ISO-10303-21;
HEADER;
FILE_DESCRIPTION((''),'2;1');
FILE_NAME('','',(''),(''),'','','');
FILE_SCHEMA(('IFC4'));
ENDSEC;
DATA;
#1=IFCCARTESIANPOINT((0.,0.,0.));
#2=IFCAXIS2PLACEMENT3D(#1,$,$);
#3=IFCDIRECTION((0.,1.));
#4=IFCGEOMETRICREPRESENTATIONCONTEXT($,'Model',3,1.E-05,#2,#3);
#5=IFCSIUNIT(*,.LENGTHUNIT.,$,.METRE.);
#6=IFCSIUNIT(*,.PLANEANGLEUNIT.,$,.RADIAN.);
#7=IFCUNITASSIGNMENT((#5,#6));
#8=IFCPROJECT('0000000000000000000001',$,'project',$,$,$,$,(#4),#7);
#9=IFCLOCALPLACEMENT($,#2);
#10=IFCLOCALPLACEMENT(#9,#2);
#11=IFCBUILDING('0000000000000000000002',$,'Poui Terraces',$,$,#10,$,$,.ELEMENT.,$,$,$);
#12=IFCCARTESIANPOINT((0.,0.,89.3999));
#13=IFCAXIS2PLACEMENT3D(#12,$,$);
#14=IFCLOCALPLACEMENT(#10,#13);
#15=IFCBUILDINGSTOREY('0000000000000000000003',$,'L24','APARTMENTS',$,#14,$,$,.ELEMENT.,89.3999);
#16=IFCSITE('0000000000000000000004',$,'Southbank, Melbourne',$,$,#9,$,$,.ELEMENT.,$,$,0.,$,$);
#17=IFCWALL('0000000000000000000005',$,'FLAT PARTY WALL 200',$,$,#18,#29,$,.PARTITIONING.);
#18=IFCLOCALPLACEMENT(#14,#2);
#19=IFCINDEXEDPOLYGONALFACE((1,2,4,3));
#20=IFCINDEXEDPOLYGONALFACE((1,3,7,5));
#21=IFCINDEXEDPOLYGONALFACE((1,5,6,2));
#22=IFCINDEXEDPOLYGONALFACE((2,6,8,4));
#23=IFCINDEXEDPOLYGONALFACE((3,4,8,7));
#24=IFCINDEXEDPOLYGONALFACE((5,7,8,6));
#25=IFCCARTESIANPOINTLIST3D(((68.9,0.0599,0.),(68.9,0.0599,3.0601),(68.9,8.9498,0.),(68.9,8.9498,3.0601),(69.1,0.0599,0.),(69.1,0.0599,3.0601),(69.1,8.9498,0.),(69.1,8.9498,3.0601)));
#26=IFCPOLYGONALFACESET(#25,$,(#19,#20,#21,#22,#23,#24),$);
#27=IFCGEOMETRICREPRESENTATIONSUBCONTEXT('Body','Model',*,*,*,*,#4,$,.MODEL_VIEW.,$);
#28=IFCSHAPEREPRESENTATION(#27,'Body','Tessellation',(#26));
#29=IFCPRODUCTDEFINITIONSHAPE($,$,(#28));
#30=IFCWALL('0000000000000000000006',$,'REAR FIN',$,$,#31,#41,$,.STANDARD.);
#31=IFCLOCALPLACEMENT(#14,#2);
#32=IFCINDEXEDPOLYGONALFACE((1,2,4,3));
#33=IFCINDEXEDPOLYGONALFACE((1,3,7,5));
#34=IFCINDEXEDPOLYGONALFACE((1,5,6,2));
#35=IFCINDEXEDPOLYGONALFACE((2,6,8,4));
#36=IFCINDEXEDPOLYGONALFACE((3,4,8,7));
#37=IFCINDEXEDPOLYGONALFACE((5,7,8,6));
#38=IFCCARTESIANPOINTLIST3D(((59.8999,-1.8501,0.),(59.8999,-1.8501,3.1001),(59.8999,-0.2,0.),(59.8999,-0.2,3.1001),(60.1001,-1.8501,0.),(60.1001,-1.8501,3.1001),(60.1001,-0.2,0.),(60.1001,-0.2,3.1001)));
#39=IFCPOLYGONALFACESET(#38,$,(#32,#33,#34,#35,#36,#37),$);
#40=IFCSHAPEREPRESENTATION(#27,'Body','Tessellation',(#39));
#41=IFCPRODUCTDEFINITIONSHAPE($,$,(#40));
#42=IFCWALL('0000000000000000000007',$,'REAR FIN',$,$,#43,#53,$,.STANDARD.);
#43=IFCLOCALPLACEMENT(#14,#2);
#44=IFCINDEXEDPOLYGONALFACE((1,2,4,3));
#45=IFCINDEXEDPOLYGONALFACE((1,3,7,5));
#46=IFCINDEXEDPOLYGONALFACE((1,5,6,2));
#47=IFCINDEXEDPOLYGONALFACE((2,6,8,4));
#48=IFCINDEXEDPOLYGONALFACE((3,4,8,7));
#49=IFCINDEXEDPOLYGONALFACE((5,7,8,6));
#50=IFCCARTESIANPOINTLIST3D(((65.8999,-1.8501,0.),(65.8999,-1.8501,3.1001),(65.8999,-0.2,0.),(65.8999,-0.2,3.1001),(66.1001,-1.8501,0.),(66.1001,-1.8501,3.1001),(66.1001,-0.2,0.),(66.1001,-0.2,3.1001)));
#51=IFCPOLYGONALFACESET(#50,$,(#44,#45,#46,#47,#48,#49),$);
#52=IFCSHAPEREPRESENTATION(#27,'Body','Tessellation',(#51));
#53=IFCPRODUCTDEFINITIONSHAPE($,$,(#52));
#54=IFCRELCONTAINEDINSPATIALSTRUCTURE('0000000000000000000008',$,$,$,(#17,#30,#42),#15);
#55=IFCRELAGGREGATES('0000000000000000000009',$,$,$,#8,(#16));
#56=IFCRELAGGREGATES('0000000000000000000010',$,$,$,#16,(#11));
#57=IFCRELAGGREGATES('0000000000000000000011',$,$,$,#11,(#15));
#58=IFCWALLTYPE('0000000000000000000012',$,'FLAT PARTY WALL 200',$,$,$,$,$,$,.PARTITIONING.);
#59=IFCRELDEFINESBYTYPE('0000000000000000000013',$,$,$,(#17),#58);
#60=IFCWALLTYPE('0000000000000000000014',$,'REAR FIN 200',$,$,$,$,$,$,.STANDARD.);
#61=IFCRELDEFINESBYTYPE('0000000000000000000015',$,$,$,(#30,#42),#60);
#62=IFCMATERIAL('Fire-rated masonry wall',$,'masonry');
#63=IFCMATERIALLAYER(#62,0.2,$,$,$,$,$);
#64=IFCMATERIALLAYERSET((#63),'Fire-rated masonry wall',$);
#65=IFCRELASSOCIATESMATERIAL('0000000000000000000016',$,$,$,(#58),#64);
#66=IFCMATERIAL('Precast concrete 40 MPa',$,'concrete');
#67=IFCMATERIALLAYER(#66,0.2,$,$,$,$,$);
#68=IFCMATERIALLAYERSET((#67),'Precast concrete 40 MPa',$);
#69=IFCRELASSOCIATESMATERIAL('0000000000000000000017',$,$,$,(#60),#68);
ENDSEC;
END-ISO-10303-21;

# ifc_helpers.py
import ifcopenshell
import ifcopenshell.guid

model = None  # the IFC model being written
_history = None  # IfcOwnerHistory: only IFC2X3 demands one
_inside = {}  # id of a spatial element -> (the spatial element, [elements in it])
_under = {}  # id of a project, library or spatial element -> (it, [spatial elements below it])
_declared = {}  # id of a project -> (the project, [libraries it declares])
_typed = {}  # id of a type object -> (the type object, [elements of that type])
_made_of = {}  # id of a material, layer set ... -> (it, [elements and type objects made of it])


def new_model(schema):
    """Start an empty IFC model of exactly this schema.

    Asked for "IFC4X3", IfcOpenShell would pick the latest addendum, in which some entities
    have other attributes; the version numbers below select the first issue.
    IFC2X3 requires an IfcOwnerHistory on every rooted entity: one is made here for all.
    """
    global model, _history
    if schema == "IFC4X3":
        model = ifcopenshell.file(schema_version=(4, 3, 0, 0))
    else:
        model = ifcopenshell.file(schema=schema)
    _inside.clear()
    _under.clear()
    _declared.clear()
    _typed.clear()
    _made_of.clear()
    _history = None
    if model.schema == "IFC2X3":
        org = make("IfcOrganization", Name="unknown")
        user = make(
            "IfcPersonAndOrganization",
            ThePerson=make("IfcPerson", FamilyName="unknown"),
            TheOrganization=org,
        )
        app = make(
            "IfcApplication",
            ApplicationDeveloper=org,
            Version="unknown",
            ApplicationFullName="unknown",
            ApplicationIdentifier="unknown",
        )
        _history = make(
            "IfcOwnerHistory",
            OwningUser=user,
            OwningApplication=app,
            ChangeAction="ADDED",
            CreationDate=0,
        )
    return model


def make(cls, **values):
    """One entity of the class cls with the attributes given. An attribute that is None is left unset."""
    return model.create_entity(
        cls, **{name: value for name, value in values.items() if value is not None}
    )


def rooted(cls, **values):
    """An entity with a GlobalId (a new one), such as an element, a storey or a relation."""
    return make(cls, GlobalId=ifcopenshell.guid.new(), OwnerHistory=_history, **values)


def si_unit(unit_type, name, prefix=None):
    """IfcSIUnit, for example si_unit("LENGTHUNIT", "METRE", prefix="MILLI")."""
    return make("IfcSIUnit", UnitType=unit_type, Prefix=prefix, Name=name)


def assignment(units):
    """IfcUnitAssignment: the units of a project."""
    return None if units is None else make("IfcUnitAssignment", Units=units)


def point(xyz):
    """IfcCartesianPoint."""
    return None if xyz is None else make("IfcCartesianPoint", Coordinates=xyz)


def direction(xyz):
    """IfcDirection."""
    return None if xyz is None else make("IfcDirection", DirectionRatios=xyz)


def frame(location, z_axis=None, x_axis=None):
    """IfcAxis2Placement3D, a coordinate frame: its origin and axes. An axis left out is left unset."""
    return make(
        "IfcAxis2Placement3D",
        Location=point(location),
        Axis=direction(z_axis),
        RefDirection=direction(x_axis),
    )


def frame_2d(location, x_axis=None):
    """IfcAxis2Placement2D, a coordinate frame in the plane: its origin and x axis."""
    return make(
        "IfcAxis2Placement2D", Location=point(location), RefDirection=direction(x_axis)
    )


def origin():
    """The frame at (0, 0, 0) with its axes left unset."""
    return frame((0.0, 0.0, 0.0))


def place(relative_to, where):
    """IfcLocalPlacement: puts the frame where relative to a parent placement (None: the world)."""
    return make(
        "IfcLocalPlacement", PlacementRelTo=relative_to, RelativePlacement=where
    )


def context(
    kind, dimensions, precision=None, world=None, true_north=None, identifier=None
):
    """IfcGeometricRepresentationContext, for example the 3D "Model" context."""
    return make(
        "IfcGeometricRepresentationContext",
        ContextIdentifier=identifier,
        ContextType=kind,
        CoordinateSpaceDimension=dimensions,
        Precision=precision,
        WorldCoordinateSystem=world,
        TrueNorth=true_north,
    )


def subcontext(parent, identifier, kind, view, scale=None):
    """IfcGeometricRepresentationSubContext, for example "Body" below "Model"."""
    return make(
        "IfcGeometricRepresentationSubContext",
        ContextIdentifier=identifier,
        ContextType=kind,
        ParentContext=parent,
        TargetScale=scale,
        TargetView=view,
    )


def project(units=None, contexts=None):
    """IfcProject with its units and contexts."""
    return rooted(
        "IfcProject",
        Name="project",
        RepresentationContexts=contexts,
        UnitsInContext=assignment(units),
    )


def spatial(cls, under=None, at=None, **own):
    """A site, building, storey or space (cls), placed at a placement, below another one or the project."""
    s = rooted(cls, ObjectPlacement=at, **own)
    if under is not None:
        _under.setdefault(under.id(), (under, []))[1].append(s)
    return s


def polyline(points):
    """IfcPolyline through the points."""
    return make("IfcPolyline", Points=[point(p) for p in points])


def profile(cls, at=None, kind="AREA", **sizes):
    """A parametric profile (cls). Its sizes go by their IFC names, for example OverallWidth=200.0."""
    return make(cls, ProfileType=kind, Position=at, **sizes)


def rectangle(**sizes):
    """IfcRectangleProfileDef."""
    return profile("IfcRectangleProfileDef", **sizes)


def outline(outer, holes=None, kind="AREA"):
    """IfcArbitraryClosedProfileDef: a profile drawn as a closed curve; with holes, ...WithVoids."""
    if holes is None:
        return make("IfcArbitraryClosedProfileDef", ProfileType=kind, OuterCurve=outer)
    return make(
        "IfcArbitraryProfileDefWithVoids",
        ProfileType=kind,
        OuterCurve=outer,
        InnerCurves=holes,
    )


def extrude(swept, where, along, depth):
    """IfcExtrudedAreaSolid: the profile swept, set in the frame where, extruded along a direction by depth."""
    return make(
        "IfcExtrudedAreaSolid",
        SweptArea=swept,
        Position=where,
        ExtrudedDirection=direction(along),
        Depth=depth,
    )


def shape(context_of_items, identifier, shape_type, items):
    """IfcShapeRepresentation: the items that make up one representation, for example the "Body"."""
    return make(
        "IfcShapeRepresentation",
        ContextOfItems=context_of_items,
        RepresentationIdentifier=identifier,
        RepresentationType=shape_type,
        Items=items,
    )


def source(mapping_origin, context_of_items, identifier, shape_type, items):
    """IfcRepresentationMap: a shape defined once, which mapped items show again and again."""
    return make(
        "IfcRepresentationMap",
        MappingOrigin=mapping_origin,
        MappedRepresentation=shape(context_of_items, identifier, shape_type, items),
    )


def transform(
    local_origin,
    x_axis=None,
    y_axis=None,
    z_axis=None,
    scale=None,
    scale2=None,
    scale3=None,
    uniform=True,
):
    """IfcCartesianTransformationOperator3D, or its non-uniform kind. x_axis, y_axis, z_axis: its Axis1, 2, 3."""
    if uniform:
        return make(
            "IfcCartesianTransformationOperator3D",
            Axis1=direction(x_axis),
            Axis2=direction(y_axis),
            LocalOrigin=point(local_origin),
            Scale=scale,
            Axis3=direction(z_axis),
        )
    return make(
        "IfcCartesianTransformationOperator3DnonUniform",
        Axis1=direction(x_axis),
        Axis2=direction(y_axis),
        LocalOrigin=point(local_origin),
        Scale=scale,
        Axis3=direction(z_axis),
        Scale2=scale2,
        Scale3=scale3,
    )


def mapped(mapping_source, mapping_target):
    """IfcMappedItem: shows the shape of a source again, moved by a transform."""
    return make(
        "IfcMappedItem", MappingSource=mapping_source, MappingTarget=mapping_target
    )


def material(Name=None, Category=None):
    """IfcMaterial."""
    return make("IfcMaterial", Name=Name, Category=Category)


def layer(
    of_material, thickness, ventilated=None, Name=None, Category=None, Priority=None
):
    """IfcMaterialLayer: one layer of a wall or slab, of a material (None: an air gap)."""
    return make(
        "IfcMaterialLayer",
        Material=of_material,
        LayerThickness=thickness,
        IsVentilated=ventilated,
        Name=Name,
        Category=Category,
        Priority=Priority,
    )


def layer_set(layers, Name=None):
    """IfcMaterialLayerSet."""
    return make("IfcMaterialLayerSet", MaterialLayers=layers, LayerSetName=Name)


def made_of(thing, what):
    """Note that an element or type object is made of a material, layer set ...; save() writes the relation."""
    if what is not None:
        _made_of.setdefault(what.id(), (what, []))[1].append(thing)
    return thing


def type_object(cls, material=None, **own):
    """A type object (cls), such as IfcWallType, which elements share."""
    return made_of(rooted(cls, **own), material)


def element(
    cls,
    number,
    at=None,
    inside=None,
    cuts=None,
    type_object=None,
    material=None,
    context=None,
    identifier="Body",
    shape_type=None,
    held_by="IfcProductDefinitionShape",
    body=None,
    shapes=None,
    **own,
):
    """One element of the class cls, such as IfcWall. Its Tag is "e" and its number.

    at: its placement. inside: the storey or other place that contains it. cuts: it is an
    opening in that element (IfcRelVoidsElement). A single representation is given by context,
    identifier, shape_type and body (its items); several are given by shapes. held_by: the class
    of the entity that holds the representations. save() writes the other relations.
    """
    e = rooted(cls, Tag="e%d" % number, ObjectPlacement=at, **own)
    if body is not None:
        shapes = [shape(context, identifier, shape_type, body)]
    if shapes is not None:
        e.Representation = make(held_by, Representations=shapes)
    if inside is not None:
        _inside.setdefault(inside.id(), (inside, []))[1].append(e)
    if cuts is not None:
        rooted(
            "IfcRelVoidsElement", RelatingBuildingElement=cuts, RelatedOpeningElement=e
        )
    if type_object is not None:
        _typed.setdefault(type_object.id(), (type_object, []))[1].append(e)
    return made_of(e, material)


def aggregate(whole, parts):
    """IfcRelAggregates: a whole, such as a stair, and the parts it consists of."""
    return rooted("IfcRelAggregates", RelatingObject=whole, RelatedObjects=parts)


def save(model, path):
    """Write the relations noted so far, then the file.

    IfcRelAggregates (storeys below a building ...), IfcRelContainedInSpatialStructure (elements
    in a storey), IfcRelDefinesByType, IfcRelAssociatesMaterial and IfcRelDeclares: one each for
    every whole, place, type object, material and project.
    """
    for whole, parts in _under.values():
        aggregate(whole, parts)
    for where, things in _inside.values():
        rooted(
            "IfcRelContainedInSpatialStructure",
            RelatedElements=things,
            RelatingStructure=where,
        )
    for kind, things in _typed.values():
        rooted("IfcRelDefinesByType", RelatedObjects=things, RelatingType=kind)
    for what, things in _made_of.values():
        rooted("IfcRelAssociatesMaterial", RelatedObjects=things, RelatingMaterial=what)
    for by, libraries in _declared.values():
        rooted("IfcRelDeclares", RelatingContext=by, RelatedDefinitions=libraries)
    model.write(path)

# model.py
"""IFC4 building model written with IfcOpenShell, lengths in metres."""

from ifc_helpers import new_model, si_unit, direction, frame, frame_2d, origin, place, context, subcontext, project, spatial, polyline, rectangle, outline, extrude, source, transform, mapped, material, layer, layer_set, type_object, element, save


model = new_model("IFC4")

# Units and contexts
model_context = context("Model", 3, precision=1e-05, world=origin(), true_north=direction((0.0, 1.0)))
body_context = subcontext(model_context, "Body", "Model", "MODEL_VIEW")
ifc_project = project(units=[si_unit("LENGTHUNIT", "METRE"), si_unit("PLANEANGLEUNIT", "RADIAN")], contexts=[model_context])

# Site, building, storey
site_placement = place(None, origin())
site = spatial("IfcSite", under=ifc_project, at=site_placement, Name="Southbank, Melbourne", CompositionType="ELEMENT", RefElevation=0.0)
building_placement = place(site_placement, origin())
building = spatial("IfcBuilding", under=site, at=building_placement, Name="Poui Terraces", CompositionType="ELEMENT")
storey_placement = place(building_placement, frame((0.0, 0.0, 89.3999)))
storey = spatial("IfcBuildingStorey", under=building, at=storey_placement, Name="L24", Description="APARTMENTS", CompositionType="ELEMENT", Elevation=89.3999)

# Shared definitions
ifc_material_1 = material(Name="Precast concrete 40 MPa", Category="concrete")

# Walls
ifc_material_2 = material(Name="Fire-rated masonry wall", Category="masonry")
ifc_layer_1 = layer(ifc_material_2, 0.2)
ifc_layer_set_1 = layer_set([ifc_layer_1], Name="Fire-rated masonry wall")
wall_type_1 = type_object("IfcWallType", Name="FLAT PARTY WALL 200", PredefinedType="PARTITIONING", material=ifc_layer_set_1)
wall_1_placement = place(storey_placement, frame((69.0, 0.0601, 0.0), z_axis=(0.0, 0.0, 1.0), x_axis=(0.0, 1.0, 0.0)))
element("IfcWall", 1, at=wall_1_placement, inside=storey, type_object=wall_type_1, Name="FLAT PARTY WALL 200", PredefinedType="PARTITIONING", context=body_context, shape_type="SweptSolid", body=[
    extrude(rectangle(XDim=8.8899, YDim=0.2, at=frame_2d((4.4448, 0.0))), origin(), (0.0, 0.0, 1.0), 3.0601),
])
ifc_layer_2 = layer(ifc_material_1, 0.2)
ifc_layer_set_2 = layer_set([ifc_layer_2], Name="Precast concrete 40 MPa")
wall_type_2 = type_object("IfcWallType", Name="REAR FIN 200", PredefinedType="STANDARD", material=ifc_layer_set_2)
shared_shape_1 = source(origin(), body_context, "Body", "SweptSolid", [
    extrude(outline(polyline([(0.0, 0.0), (0.2002, 0.0), (0.2002, 1.6501), (0.0, 1.6501), (0.0, 0.0)])), origin(), (0.0, 0.0, 1.0), 3.1001),
])
for number, where, name in (
    (2, (59.8999, -1.8501, 0.0), "REAR FIN"),
    (3, (65.8999, -1.8501, 0.0), "REAR FIN"),
):
    element("IfcWall", number, at=place(storey_placement, frame(where)), inside=storey, type_object=wall_type_2, Name=name, PredefinedType="STANDARD", context=body_context, shape_type="MappedRepresentation", body=[
        mapped(shared_shape_1, transform((0.0, 0.0, 0.0))),
    ])

save(model, "model.ifc")
